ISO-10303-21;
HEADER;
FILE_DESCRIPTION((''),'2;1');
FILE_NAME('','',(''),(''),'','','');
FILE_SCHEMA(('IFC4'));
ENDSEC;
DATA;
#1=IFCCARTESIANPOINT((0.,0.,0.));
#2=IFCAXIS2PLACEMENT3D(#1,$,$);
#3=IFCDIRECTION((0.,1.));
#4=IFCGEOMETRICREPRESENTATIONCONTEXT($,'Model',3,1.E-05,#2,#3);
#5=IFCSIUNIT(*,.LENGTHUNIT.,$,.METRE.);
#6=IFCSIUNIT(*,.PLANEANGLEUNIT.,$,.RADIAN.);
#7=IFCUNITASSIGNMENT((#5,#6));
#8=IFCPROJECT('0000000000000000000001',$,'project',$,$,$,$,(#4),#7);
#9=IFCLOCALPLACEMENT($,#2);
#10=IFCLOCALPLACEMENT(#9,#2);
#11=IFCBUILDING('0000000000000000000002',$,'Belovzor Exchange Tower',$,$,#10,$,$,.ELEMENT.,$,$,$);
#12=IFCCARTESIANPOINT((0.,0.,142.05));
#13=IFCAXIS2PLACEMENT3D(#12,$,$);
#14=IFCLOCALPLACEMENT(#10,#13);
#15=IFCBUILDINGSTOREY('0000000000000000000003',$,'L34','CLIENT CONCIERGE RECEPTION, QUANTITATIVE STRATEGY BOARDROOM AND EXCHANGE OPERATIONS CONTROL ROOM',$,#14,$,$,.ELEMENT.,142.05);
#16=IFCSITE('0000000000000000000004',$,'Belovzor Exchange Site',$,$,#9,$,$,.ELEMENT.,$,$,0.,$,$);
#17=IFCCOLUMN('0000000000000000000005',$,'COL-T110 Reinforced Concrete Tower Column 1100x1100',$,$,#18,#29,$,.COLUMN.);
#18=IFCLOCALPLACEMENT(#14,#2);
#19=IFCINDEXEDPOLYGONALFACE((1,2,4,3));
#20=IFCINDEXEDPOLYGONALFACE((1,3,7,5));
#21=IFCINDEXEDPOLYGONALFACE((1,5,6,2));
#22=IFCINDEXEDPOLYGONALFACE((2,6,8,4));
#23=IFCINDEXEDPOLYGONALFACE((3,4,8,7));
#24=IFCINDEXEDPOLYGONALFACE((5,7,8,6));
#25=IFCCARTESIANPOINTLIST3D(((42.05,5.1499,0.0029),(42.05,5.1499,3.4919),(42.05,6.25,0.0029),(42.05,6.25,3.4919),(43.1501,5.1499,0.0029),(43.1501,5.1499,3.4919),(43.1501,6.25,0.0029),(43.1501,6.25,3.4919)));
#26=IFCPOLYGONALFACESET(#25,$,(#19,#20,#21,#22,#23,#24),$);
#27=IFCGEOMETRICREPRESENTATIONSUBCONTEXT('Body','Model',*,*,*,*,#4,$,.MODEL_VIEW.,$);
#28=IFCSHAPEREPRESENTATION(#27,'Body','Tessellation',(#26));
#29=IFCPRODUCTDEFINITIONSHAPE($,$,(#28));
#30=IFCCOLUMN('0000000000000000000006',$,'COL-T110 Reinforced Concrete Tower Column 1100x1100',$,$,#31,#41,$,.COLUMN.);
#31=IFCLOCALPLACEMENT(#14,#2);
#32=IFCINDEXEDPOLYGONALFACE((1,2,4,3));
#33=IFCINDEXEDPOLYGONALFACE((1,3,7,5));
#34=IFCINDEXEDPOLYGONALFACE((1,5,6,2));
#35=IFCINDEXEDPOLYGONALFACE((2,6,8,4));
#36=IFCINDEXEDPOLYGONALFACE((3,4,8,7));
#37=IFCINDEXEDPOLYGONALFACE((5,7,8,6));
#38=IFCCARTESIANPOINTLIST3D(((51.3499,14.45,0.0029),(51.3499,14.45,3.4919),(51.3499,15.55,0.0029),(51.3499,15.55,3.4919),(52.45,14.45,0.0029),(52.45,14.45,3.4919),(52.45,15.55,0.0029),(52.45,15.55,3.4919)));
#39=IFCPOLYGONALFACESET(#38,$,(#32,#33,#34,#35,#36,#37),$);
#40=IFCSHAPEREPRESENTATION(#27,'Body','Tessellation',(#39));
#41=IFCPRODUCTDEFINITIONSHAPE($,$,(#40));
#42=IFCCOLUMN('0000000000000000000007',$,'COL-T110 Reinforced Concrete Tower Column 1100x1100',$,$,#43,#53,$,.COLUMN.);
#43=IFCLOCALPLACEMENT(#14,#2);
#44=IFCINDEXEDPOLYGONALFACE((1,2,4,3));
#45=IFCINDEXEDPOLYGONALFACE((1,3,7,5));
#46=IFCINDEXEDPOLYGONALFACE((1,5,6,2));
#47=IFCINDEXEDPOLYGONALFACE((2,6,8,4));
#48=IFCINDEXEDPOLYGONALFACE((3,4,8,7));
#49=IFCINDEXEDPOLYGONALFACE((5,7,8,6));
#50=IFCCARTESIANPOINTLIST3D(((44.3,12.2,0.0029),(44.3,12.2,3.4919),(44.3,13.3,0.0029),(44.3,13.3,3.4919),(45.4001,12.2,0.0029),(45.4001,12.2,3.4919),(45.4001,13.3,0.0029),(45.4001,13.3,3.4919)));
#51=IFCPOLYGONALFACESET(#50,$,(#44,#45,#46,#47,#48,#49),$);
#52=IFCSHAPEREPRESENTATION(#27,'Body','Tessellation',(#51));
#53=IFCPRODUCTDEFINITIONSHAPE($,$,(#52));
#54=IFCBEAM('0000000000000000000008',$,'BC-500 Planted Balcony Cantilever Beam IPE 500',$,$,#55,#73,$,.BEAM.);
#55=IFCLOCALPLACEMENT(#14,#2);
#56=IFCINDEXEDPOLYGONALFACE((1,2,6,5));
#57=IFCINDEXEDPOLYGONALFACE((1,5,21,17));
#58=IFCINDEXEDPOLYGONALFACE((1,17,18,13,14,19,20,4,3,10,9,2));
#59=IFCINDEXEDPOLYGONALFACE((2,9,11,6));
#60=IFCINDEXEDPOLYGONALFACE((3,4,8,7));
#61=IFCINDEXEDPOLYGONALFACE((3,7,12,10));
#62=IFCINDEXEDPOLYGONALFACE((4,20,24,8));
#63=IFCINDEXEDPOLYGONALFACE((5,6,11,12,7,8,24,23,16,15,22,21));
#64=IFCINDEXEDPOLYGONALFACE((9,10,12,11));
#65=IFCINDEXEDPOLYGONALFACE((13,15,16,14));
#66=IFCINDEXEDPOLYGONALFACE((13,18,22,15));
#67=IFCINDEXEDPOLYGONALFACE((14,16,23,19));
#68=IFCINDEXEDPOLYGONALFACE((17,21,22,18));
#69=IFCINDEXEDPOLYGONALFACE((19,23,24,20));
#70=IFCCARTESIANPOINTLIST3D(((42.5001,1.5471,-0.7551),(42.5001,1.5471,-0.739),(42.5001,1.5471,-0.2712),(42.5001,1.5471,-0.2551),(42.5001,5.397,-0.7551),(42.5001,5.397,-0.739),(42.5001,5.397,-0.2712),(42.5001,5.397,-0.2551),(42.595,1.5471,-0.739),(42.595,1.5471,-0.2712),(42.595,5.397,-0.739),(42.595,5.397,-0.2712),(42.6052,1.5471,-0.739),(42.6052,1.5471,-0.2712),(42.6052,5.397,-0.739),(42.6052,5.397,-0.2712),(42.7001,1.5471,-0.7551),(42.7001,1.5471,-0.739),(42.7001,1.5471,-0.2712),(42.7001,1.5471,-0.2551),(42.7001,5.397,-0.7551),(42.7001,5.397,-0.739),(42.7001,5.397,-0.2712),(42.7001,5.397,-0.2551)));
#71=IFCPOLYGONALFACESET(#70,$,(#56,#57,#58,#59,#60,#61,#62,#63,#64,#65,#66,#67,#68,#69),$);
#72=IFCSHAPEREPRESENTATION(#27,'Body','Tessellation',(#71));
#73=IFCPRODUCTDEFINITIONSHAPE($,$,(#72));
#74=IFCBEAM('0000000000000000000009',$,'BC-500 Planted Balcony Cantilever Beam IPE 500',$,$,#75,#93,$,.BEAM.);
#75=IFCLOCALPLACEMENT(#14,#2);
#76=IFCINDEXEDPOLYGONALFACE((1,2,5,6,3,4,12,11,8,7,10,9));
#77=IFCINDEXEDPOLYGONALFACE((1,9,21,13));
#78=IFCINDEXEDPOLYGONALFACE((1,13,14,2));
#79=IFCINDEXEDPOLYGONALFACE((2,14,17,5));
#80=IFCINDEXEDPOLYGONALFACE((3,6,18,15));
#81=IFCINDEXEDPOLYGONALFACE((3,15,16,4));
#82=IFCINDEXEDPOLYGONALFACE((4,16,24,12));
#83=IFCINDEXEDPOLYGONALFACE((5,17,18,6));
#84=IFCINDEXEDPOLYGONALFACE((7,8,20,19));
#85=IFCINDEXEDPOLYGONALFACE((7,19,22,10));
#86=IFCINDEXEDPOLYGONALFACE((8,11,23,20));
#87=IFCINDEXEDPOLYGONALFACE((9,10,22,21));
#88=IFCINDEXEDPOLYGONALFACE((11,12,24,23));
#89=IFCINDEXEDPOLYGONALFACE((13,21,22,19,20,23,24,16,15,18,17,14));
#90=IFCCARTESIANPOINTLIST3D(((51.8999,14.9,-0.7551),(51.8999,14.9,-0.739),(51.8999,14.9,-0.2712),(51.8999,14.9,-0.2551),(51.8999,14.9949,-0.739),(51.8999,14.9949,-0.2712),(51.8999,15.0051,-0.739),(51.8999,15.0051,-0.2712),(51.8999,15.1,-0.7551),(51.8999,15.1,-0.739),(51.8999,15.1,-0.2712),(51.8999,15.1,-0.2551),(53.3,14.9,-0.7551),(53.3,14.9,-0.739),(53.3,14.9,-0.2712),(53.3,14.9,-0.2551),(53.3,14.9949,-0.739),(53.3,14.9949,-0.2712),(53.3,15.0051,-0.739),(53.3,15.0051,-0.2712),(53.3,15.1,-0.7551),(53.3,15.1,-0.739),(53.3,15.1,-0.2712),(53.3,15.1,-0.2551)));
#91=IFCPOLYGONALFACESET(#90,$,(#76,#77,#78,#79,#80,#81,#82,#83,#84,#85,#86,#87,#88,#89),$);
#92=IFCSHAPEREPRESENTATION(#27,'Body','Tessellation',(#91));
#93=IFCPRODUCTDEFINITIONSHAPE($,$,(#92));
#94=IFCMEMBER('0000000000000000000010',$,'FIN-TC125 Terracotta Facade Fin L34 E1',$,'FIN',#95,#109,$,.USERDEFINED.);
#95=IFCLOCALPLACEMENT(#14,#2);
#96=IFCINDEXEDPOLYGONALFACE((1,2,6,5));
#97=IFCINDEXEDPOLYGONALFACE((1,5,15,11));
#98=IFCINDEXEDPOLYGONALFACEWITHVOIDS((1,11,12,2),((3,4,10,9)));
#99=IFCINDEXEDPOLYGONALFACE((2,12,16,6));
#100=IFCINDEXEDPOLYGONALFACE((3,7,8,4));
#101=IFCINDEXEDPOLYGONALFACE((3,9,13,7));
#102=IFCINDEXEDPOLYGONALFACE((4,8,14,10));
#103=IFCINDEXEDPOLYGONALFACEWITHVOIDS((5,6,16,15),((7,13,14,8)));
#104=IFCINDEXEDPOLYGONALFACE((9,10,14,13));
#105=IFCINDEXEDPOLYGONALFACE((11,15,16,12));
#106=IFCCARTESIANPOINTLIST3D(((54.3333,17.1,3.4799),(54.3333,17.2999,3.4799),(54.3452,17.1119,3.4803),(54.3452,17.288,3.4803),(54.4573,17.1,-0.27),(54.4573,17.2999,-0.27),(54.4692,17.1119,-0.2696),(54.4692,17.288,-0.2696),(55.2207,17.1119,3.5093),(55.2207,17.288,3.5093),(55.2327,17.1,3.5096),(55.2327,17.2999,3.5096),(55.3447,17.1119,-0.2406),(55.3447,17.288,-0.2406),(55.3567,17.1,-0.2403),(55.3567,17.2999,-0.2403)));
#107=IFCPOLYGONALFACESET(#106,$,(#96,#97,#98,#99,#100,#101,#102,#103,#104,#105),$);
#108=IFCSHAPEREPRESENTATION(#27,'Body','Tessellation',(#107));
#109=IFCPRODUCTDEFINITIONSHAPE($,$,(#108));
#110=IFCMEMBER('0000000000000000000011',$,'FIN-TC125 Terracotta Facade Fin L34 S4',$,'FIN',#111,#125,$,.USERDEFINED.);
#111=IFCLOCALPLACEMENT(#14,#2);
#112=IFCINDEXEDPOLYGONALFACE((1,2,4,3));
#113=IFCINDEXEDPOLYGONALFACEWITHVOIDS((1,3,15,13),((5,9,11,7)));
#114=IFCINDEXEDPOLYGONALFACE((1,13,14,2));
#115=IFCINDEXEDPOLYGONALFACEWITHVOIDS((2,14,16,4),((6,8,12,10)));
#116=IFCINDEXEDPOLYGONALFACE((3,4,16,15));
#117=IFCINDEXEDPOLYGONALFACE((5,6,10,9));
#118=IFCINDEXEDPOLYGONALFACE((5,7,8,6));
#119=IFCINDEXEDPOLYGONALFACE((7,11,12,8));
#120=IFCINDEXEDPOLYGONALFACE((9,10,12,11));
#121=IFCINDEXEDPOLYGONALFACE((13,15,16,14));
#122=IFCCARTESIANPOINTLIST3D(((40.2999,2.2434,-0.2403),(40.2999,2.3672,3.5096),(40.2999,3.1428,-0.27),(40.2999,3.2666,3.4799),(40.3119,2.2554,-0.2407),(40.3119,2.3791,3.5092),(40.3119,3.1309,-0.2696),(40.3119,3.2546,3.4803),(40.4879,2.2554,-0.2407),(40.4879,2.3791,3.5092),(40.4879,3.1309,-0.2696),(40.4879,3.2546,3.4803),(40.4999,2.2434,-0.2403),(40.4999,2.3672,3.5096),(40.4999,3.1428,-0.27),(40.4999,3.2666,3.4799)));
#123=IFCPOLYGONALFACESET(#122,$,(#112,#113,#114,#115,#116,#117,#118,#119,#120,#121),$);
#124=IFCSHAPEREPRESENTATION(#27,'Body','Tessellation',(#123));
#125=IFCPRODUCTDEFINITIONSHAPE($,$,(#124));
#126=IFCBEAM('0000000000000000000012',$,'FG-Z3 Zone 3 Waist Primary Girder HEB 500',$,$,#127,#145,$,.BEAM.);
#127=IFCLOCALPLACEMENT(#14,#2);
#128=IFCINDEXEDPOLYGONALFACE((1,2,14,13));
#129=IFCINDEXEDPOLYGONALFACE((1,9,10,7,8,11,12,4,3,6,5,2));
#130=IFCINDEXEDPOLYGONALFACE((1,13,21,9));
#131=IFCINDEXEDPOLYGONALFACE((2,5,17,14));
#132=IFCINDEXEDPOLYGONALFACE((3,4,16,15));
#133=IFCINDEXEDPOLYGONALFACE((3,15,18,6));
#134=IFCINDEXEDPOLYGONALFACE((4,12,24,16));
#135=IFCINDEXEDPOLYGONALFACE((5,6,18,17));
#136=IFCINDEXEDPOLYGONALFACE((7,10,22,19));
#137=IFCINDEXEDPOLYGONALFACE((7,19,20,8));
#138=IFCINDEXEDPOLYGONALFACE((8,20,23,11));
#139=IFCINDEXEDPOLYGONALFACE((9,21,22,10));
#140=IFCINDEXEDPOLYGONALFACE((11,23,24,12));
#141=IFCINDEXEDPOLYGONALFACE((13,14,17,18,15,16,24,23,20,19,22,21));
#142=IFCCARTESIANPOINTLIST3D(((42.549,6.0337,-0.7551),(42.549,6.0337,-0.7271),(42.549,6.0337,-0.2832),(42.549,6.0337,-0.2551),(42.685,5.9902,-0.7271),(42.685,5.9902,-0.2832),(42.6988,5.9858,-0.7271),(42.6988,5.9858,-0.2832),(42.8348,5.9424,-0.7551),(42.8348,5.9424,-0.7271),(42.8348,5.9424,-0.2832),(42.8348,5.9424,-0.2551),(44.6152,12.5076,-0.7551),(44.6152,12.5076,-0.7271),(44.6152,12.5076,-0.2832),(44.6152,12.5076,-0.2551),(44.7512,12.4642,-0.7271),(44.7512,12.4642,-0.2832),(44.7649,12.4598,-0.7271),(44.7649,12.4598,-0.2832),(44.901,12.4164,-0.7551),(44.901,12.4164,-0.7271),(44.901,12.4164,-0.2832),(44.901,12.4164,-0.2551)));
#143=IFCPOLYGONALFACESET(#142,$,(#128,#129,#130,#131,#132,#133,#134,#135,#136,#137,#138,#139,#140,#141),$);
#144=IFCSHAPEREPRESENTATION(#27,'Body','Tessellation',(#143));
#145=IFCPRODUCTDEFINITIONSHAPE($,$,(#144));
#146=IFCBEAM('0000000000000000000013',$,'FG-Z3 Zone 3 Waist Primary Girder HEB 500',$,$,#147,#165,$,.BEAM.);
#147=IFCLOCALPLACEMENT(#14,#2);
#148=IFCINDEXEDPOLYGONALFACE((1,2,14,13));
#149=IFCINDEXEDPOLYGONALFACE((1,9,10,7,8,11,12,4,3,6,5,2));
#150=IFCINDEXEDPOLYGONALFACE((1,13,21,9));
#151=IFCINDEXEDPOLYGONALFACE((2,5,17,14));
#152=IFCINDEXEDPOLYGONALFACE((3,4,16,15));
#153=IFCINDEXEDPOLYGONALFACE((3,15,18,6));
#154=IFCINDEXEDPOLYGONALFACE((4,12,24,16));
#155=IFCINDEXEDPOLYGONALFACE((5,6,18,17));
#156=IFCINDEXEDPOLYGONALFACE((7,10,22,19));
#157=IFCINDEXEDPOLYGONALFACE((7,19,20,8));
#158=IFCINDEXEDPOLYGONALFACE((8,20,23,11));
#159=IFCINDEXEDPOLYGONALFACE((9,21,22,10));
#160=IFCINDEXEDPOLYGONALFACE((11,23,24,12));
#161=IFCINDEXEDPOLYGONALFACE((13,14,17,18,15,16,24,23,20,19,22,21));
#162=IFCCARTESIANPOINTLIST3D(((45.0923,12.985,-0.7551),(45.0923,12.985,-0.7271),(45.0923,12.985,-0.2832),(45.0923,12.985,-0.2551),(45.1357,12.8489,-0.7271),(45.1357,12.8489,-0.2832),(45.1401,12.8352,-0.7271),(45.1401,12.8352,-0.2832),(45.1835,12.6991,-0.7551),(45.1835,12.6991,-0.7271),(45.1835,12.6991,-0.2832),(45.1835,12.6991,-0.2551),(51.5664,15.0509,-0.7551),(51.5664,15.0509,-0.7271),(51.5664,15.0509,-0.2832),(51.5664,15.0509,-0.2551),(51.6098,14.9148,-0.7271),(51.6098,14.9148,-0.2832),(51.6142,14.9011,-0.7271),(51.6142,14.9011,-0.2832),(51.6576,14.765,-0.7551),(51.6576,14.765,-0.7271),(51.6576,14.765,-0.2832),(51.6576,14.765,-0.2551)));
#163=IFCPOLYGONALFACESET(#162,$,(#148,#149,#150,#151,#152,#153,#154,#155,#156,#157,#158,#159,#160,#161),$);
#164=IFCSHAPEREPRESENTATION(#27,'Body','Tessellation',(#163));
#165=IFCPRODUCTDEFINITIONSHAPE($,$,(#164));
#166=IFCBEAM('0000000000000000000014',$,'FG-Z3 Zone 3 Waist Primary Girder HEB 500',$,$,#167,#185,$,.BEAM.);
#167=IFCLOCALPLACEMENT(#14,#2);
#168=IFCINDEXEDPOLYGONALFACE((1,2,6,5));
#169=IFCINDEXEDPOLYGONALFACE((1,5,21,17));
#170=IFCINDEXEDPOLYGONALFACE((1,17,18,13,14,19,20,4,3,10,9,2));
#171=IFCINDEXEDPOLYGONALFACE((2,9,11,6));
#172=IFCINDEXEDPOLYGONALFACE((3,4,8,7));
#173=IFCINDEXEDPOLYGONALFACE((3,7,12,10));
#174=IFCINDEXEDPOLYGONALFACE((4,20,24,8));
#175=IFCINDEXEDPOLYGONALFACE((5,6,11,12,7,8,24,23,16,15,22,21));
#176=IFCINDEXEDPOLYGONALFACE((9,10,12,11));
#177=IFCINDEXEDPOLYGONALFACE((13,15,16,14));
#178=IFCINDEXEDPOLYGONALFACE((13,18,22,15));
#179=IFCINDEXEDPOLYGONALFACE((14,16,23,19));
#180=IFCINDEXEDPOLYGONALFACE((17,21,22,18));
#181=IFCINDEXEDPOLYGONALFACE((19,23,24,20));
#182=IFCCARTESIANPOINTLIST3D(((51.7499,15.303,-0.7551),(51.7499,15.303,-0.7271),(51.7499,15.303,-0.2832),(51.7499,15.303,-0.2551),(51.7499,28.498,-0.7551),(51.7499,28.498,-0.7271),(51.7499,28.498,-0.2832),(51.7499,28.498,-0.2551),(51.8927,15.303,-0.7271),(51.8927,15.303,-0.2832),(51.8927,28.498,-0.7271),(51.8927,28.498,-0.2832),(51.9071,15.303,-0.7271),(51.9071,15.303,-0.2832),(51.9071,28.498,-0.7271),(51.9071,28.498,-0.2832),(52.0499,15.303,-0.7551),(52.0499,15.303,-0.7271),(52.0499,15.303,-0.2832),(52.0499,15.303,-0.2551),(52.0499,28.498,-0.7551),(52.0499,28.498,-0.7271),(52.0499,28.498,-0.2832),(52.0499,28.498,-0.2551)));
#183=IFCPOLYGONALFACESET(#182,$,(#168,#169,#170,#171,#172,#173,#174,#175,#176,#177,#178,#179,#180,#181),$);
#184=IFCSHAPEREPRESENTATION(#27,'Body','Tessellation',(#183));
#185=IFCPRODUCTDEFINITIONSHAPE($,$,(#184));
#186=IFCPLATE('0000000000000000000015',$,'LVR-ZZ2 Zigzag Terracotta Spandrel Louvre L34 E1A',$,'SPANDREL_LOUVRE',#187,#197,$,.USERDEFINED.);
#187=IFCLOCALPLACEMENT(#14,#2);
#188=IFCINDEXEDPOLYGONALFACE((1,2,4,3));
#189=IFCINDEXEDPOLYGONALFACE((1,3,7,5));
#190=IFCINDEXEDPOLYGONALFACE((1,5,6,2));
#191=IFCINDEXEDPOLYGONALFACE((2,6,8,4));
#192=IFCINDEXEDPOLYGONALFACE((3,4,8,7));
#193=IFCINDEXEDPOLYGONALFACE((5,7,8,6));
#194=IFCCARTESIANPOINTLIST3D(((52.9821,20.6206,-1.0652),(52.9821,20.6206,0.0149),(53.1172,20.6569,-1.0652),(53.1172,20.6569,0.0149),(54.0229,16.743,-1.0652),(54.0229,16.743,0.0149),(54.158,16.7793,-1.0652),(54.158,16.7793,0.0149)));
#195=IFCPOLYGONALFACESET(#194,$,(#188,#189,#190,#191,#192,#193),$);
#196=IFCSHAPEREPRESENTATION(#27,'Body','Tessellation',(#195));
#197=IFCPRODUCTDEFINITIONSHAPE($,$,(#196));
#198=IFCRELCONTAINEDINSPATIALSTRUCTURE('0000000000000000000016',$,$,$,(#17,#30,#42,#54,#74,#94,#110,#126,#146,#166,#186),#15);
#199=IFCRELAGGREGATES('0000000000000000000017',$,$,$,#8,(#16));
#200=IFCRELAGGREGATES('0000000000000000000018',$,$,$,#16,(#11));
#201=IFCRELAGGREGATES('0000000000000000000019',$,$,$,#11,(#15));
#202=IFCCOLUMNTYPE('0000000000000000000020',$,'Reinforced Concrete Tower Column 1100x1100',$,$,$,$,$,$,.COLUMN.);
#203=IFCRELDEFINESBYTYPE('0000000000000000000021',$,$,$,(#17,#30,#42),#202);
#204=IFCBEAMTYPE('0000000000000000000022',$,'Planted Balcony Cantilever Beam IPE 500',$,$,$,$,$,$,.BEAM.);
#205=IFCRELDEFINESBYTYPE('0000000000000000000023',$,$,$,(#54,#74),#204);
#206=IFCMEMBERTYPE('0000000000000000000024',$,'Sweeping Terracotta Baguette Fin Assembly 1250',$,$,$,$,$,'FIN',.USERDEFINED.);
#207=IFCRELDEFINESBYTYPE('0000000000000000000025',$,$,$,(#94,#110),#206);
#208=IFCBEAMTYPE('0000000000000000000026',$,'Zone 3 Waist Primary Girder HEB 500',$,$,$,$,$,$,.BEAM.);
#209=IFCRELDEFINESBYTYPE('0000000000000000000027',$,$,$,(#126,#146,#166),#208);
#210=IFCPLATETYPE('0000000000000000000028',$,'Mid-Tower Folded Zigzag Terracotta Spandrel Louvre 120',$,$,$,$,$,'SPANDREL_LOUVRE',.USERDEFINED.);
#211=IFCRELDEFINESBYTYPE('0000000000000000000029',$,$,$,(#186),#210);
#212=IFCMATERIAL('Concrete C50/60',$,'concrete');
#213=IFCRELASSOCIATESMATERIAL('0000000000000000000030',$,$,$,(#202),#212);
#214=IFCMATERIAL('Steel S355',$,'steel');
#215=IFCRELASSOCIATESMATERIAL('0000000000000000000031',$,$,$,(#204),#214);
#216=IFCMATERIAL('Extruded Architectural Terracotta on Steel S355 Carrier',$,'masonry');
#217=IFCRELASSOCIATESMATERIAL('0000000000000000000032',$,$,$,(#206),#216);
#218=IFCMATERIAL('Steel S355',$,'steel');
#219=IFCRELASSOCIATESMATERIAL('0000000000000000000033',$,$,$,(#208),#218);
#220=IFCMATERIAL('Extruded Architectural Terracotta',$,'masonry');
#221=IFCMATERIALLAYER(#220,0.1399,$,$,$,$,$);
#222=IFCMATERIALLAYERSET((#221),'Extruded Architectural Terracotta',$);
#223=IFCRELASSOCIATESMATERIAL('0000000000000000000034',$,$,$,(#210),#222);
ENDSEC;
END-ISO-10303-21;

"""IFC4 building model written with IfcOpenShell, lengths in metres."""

from ifc_helpers import new_model, si_unit, direction, frame, origin, origin_2d, place, context, subcontext, project, spatial, rectangle, hollow_rectangle, i_section, extrude, material, layer, layer_set, material_profile, profile_set, type_object, element, save


model = new_model("IFC4")

# Units and contexts
model_context = context("Model", 3, precision=1e-05, world=origin(), true_north=direction((0.0, 1.0)))
body_context = subcontext(model_context, "Body", "Model", "MODEL_VIEW")
ifc_project = project(units=[si_unit("LENGTHUNIT", "METRE"), si_unit("PLANEANGLEUNIT", "RADIAN")], contexts=[model_context])

# Site, building, storey
site_placement = place(None, origin())
site = spatial("IfcSite", under=ifc_project, at=site_placement, Name="Belovzor Exchange Site", CompositionType="ELEMENT", RefElevation=0.0)
building_placement = place(site_placement, origin())
building = spatial("IfcBuilding", under=site, at=building_placement, Name="Belovzor Exchange Tower", CompositionType="ELEMENT")
storey_placement = place(building_placement, frame((0.0, 0.0, 142.05)))
storey = spatial("IfcBuildingStorey", under=building, at=storey_placement, Name="L34", Description="CLIENT CONCIERGE RECEPTION, QUANTITATIVE STRATEGY BOARDROOM AND EXCHANGE OPERATIONS CONTROL ROOM", CompositionType="ELEMENT", Elevation=142.05)

# Columns
ifc_material_1 = material(Name="Concrete C50/60", Category="concrete")
ifc_material_profile_1 = material_profile(ifc_material_1, rectangle(XDim=1.1001, YDim=1.1001, at=origin_2d()))
ifc_profile_set_1 = profile_set([ifc_material_profile_1], Name="Concrete C50/60")
column_type = type_object("IfcColumnType", Name="Reinforced Concrete Tower Column 1100x1100", PredefinedType="COLUMN", material=ifc_profile_set_1)
for number, where, z_axis, x_axis, name in (
    (1, (42.6001, 5.7, 0.0029), (0.0, 0.0, 1.0), (1.0, 0.0, 0.0), "COL-T110 Reinforced Concrete Tower Column 1100x1100"),
    (2, (51.8999, 15.0, 0.0029), (0.0, 0.0, 1.0), (1.0, 0.0, 0.0), "COL-T110 Reinforced Concrete Tower Column 1100x1100"),
    (3, (44.8501, 12.75, 0.0029), (0.0, 0.0, 1.0), (1.0, 0.0, 0.0), "COL-T110 Reinforced Concrete Tower Column 1100x1100"),
):
    element("IfcColumn", number, at=place(storey_placement, frame(where, z_axis=z_axis, x_axis=x_axis)), inside=storey, type_object=column_type, Name=name, PredefinedType="COLUMN", context=body_context, shape_type="SweptSolid", body=[
        extrude(rectangle(XDim=1.1001, YDim=1.1001, at=origin_2d()), origin(), (0.0, 0.0, 1.0), 3.489),
    ])

# Beams
ifc_material_2 = material(Name="Steel S355", Category="steel")
ifc_material_profile_2 = material_profile(ifc_material_2, i_section(OverallWidth=0.2, OverallDepth=0.5, WebThickness=0.0103, FlangeThickness=0.0161, at=origin_2d()))
ifc_profile_set_2 = profile_set([ifc_material_profile_2], Name="Steel S355")
beam_type_1 = type_object("IfcBeamType", Name="Planted Balcony Cantilever Beam IPE 500", PredefinedType="BEAM", material=ifc_profile_set_2)
beam_1_placement = place(storey_placement, frame((42.6001, 5.397, -0.5051), z_axis=(0.0, -1.0, 0.0), x_axis=(1.0, 0.0, 0.0)))
element("IfcBeam", 4, at=beam_1_placement, inside=storey, type_object=beam_type_1, Name="BC-500 Planted Balcony Cantilever Beam IPE 500", PredefinedType="BEAM", context=body_context, shape_type="SweptSolid", body=[
    extrude(i_section(OverallWidth=0.2, OverallDepth=0.5, WebThickness=0.0103, FlangeThickness=0.0161, at=origin_2d()), origin(), (0.0, 0.0, 1.0), 3.8499),
])
beam_2_placement = place(storey_placement, frame((51.8999, 15.0, -0.5051), z_axis=(1.0, 0.0, 0.0), x_axis=(0.0, 1.0, 0.0)))
element("IfcBeam", 5, at=beam_2_placement, inside=storey, type_object=beam_type_1, Name="BC-500 Planted Balcony Cantilever Beam IPE 500", PredefinedType="BEAM", context=body_context, shape_type="SweptSolid", body=[
    extrude(i_section(OverallWidth=0.2, OverallDepth=0.5, WebThickness=0.0103, FlangeThickness=0.0161, at=origin_2d()), origin(), (0.0, 0.0, 1.0), 1.4001),
])

# Members
ifc_material_3 = material(Name="Extruded Architectural Terracotta on Steel S355 Carrier", Category="masonry")
ifc_material_profile_3 = material_profile(ifc_material_3, hollow_rectangle(XDim=0.2, YDim=0.8999, WallThickness=0.012, at=origin_2d()))
ifc_profile_set_3 = profile_set([ifc_material_profile_3], Name="Extruded Architectural Terracotta on Steel S355 Carrier")
member_type = type_object("IfcMemberType", Name="Sweeping Terracotta Baguette Fin Assembly 1250", ElementType="FIN", PredefinedType="USERDEFINED", material=ifc_profile_set_3)
for number, where, z_axis, x_axis, name in (
    (6, (54.907, 17.2, -0.2551), (-0.033055, 0.0, 0.999454), (0.0, -1.0, 0.0), "FIN-TC125 Terracotta Facade Fin L34 E1"),
    (7, (40.3999, 2.6931, -0.2551), (0.0, 0.03299, 0.999456), (-1.0, 0.0, 0.0), "FIN-TC125 Terracotta Facade Fin L34 S4"),
):
    element("IfcMember", number, at=place(storey_placement, frame(where, z_axis=z_axis, x_axis=x_axis)), inside=storey, type_object=member_type, Name=name, ObjectType="FIN", PredefinedType="USERDEFINED", context=body_context, shape_type="SweptSolid", body=[
        extrude(hollow_rectangle(XDim=0.2, YDim=0.8999, WallThickness=0.012, at=origin_2d()), origin(), (0.0, 0.0, 1.0), 3.752),
    ])

# Beams
ifc_material_4 = material(Name="Steel S355", Category="steel")
ifc_material_profile_4 = material_profile(ifc_material_4, i_section(OverallWidth=0.3, OverallDepth=0.5, WebThickness=0.0144, FlangeThickness=0.0281, at=origin_2d()))
ifc_profile_set_4 = profile_set([ifc_material_profile_4], Name="Steel S355")
beam_type_2 = type_object("IfcBeamType", Name="Zone 3 Waist Primary Girder HEB 500", PredefinedType="BEAM", material=ifc_profile_set_4)
for number, where, z_axis, x_axis, name in (
    (8, (42.6919, 5.988, -0.5051), (0.304044, 0.952658, 0.0), (-0.952658, 0.304044, 0.0), "FG-Z3 Zone 3 Waist Primary Girder HEB 500"),
    (9, (45.1379, 12.842, -0.5051), (0.952672, 0.304001, 0.0), (-0.304001, 0.952672, 0.0), "FG-Z3 Zone 3 Waist Primary Girder HEB 500"),
):
    element("IfcBeam", number, at=place(storey_placement, frame(where, z_axis=z_axis, x_axis=x_axis)), inside=storey, type_object=beam_type_2, Name=name, PredefinedType="BEAM", context=body_context, shape_type="SweptSolid", body=[
        extrude(i_section(OverallWidth=0.3, OverallDepth=0.5, WebThickness=0.0144, FlangeThickness=0.0281, at=origin_2d()), origin(), (0.0, 0.0, 1.0), 6.7957),
    ])
beam_3_placement = place(storey_placement, frame((51.8999, 15.303, -0.5051), z_axis=(0.0, 1.0, 0.0), x_axis=(-1.0, 0.0, 0.0)))
element("IfcBeam", 10, at=beam_3_placement, inside=storey, type_object=beam_type_2, Name="FG-Z3 Zone 3 Waist Primary Girder HEB 500", PredefinedType="BEAM", context=body_context, shape_type="SweptSolid", body=[
    extrude(i_section(OverallWidth=0.3, OverallDepth=0.5, WebThickness=0.0144, FlangeThickness=0.0281, at=origin_2d()), origin(), (0.0, 0.0, 1.0), 13.1951),
])

# Plate
ifc_material_5 = material(Name="Extruded Architectural Terracotta", Category="masonry")
ifc_layer_1 = layer(ifc_material_5, 0.1399)
ifc_layer_set_1 = layer_set([ifc_layer_1], Name="Extruded Architectural Terracotta")
plate_type = type_object("IfcPlateType", Name="Mid-Tower Folded Zigzag Terracotta Spandrel Louvre 120", ElementType="SPANDREL_LOUVRE", PredefinedType="USERDEFINED", material=ifc_layer_set_1)
plate_placement = place(storey_placement, frame((53.5701, 18.7, -1.0652), z_axis=(0.0, 0.0, 1.0), x_axis=(-0.25924, 0.965813, 0.0)))
element("IfcPlate", 11, at=plate_placement, inside=storey, type_object=plate_type, Name="LVR-ZZ2 Zigzag Terracotta Spandrel Louvre L34 E1A", ObjectType="SPANDREL_LOUVRE", PredefinedType="USERDEFINED", context=body_context, shape_type="SweptSolid", body=[
    extrude(rectangle(XDim=4.0149, YDim=0.1399, at=origin_2d()), origin(), (0.0, 0.0, 1.0), 1.0801),
])

save(model, "model.ifc")
